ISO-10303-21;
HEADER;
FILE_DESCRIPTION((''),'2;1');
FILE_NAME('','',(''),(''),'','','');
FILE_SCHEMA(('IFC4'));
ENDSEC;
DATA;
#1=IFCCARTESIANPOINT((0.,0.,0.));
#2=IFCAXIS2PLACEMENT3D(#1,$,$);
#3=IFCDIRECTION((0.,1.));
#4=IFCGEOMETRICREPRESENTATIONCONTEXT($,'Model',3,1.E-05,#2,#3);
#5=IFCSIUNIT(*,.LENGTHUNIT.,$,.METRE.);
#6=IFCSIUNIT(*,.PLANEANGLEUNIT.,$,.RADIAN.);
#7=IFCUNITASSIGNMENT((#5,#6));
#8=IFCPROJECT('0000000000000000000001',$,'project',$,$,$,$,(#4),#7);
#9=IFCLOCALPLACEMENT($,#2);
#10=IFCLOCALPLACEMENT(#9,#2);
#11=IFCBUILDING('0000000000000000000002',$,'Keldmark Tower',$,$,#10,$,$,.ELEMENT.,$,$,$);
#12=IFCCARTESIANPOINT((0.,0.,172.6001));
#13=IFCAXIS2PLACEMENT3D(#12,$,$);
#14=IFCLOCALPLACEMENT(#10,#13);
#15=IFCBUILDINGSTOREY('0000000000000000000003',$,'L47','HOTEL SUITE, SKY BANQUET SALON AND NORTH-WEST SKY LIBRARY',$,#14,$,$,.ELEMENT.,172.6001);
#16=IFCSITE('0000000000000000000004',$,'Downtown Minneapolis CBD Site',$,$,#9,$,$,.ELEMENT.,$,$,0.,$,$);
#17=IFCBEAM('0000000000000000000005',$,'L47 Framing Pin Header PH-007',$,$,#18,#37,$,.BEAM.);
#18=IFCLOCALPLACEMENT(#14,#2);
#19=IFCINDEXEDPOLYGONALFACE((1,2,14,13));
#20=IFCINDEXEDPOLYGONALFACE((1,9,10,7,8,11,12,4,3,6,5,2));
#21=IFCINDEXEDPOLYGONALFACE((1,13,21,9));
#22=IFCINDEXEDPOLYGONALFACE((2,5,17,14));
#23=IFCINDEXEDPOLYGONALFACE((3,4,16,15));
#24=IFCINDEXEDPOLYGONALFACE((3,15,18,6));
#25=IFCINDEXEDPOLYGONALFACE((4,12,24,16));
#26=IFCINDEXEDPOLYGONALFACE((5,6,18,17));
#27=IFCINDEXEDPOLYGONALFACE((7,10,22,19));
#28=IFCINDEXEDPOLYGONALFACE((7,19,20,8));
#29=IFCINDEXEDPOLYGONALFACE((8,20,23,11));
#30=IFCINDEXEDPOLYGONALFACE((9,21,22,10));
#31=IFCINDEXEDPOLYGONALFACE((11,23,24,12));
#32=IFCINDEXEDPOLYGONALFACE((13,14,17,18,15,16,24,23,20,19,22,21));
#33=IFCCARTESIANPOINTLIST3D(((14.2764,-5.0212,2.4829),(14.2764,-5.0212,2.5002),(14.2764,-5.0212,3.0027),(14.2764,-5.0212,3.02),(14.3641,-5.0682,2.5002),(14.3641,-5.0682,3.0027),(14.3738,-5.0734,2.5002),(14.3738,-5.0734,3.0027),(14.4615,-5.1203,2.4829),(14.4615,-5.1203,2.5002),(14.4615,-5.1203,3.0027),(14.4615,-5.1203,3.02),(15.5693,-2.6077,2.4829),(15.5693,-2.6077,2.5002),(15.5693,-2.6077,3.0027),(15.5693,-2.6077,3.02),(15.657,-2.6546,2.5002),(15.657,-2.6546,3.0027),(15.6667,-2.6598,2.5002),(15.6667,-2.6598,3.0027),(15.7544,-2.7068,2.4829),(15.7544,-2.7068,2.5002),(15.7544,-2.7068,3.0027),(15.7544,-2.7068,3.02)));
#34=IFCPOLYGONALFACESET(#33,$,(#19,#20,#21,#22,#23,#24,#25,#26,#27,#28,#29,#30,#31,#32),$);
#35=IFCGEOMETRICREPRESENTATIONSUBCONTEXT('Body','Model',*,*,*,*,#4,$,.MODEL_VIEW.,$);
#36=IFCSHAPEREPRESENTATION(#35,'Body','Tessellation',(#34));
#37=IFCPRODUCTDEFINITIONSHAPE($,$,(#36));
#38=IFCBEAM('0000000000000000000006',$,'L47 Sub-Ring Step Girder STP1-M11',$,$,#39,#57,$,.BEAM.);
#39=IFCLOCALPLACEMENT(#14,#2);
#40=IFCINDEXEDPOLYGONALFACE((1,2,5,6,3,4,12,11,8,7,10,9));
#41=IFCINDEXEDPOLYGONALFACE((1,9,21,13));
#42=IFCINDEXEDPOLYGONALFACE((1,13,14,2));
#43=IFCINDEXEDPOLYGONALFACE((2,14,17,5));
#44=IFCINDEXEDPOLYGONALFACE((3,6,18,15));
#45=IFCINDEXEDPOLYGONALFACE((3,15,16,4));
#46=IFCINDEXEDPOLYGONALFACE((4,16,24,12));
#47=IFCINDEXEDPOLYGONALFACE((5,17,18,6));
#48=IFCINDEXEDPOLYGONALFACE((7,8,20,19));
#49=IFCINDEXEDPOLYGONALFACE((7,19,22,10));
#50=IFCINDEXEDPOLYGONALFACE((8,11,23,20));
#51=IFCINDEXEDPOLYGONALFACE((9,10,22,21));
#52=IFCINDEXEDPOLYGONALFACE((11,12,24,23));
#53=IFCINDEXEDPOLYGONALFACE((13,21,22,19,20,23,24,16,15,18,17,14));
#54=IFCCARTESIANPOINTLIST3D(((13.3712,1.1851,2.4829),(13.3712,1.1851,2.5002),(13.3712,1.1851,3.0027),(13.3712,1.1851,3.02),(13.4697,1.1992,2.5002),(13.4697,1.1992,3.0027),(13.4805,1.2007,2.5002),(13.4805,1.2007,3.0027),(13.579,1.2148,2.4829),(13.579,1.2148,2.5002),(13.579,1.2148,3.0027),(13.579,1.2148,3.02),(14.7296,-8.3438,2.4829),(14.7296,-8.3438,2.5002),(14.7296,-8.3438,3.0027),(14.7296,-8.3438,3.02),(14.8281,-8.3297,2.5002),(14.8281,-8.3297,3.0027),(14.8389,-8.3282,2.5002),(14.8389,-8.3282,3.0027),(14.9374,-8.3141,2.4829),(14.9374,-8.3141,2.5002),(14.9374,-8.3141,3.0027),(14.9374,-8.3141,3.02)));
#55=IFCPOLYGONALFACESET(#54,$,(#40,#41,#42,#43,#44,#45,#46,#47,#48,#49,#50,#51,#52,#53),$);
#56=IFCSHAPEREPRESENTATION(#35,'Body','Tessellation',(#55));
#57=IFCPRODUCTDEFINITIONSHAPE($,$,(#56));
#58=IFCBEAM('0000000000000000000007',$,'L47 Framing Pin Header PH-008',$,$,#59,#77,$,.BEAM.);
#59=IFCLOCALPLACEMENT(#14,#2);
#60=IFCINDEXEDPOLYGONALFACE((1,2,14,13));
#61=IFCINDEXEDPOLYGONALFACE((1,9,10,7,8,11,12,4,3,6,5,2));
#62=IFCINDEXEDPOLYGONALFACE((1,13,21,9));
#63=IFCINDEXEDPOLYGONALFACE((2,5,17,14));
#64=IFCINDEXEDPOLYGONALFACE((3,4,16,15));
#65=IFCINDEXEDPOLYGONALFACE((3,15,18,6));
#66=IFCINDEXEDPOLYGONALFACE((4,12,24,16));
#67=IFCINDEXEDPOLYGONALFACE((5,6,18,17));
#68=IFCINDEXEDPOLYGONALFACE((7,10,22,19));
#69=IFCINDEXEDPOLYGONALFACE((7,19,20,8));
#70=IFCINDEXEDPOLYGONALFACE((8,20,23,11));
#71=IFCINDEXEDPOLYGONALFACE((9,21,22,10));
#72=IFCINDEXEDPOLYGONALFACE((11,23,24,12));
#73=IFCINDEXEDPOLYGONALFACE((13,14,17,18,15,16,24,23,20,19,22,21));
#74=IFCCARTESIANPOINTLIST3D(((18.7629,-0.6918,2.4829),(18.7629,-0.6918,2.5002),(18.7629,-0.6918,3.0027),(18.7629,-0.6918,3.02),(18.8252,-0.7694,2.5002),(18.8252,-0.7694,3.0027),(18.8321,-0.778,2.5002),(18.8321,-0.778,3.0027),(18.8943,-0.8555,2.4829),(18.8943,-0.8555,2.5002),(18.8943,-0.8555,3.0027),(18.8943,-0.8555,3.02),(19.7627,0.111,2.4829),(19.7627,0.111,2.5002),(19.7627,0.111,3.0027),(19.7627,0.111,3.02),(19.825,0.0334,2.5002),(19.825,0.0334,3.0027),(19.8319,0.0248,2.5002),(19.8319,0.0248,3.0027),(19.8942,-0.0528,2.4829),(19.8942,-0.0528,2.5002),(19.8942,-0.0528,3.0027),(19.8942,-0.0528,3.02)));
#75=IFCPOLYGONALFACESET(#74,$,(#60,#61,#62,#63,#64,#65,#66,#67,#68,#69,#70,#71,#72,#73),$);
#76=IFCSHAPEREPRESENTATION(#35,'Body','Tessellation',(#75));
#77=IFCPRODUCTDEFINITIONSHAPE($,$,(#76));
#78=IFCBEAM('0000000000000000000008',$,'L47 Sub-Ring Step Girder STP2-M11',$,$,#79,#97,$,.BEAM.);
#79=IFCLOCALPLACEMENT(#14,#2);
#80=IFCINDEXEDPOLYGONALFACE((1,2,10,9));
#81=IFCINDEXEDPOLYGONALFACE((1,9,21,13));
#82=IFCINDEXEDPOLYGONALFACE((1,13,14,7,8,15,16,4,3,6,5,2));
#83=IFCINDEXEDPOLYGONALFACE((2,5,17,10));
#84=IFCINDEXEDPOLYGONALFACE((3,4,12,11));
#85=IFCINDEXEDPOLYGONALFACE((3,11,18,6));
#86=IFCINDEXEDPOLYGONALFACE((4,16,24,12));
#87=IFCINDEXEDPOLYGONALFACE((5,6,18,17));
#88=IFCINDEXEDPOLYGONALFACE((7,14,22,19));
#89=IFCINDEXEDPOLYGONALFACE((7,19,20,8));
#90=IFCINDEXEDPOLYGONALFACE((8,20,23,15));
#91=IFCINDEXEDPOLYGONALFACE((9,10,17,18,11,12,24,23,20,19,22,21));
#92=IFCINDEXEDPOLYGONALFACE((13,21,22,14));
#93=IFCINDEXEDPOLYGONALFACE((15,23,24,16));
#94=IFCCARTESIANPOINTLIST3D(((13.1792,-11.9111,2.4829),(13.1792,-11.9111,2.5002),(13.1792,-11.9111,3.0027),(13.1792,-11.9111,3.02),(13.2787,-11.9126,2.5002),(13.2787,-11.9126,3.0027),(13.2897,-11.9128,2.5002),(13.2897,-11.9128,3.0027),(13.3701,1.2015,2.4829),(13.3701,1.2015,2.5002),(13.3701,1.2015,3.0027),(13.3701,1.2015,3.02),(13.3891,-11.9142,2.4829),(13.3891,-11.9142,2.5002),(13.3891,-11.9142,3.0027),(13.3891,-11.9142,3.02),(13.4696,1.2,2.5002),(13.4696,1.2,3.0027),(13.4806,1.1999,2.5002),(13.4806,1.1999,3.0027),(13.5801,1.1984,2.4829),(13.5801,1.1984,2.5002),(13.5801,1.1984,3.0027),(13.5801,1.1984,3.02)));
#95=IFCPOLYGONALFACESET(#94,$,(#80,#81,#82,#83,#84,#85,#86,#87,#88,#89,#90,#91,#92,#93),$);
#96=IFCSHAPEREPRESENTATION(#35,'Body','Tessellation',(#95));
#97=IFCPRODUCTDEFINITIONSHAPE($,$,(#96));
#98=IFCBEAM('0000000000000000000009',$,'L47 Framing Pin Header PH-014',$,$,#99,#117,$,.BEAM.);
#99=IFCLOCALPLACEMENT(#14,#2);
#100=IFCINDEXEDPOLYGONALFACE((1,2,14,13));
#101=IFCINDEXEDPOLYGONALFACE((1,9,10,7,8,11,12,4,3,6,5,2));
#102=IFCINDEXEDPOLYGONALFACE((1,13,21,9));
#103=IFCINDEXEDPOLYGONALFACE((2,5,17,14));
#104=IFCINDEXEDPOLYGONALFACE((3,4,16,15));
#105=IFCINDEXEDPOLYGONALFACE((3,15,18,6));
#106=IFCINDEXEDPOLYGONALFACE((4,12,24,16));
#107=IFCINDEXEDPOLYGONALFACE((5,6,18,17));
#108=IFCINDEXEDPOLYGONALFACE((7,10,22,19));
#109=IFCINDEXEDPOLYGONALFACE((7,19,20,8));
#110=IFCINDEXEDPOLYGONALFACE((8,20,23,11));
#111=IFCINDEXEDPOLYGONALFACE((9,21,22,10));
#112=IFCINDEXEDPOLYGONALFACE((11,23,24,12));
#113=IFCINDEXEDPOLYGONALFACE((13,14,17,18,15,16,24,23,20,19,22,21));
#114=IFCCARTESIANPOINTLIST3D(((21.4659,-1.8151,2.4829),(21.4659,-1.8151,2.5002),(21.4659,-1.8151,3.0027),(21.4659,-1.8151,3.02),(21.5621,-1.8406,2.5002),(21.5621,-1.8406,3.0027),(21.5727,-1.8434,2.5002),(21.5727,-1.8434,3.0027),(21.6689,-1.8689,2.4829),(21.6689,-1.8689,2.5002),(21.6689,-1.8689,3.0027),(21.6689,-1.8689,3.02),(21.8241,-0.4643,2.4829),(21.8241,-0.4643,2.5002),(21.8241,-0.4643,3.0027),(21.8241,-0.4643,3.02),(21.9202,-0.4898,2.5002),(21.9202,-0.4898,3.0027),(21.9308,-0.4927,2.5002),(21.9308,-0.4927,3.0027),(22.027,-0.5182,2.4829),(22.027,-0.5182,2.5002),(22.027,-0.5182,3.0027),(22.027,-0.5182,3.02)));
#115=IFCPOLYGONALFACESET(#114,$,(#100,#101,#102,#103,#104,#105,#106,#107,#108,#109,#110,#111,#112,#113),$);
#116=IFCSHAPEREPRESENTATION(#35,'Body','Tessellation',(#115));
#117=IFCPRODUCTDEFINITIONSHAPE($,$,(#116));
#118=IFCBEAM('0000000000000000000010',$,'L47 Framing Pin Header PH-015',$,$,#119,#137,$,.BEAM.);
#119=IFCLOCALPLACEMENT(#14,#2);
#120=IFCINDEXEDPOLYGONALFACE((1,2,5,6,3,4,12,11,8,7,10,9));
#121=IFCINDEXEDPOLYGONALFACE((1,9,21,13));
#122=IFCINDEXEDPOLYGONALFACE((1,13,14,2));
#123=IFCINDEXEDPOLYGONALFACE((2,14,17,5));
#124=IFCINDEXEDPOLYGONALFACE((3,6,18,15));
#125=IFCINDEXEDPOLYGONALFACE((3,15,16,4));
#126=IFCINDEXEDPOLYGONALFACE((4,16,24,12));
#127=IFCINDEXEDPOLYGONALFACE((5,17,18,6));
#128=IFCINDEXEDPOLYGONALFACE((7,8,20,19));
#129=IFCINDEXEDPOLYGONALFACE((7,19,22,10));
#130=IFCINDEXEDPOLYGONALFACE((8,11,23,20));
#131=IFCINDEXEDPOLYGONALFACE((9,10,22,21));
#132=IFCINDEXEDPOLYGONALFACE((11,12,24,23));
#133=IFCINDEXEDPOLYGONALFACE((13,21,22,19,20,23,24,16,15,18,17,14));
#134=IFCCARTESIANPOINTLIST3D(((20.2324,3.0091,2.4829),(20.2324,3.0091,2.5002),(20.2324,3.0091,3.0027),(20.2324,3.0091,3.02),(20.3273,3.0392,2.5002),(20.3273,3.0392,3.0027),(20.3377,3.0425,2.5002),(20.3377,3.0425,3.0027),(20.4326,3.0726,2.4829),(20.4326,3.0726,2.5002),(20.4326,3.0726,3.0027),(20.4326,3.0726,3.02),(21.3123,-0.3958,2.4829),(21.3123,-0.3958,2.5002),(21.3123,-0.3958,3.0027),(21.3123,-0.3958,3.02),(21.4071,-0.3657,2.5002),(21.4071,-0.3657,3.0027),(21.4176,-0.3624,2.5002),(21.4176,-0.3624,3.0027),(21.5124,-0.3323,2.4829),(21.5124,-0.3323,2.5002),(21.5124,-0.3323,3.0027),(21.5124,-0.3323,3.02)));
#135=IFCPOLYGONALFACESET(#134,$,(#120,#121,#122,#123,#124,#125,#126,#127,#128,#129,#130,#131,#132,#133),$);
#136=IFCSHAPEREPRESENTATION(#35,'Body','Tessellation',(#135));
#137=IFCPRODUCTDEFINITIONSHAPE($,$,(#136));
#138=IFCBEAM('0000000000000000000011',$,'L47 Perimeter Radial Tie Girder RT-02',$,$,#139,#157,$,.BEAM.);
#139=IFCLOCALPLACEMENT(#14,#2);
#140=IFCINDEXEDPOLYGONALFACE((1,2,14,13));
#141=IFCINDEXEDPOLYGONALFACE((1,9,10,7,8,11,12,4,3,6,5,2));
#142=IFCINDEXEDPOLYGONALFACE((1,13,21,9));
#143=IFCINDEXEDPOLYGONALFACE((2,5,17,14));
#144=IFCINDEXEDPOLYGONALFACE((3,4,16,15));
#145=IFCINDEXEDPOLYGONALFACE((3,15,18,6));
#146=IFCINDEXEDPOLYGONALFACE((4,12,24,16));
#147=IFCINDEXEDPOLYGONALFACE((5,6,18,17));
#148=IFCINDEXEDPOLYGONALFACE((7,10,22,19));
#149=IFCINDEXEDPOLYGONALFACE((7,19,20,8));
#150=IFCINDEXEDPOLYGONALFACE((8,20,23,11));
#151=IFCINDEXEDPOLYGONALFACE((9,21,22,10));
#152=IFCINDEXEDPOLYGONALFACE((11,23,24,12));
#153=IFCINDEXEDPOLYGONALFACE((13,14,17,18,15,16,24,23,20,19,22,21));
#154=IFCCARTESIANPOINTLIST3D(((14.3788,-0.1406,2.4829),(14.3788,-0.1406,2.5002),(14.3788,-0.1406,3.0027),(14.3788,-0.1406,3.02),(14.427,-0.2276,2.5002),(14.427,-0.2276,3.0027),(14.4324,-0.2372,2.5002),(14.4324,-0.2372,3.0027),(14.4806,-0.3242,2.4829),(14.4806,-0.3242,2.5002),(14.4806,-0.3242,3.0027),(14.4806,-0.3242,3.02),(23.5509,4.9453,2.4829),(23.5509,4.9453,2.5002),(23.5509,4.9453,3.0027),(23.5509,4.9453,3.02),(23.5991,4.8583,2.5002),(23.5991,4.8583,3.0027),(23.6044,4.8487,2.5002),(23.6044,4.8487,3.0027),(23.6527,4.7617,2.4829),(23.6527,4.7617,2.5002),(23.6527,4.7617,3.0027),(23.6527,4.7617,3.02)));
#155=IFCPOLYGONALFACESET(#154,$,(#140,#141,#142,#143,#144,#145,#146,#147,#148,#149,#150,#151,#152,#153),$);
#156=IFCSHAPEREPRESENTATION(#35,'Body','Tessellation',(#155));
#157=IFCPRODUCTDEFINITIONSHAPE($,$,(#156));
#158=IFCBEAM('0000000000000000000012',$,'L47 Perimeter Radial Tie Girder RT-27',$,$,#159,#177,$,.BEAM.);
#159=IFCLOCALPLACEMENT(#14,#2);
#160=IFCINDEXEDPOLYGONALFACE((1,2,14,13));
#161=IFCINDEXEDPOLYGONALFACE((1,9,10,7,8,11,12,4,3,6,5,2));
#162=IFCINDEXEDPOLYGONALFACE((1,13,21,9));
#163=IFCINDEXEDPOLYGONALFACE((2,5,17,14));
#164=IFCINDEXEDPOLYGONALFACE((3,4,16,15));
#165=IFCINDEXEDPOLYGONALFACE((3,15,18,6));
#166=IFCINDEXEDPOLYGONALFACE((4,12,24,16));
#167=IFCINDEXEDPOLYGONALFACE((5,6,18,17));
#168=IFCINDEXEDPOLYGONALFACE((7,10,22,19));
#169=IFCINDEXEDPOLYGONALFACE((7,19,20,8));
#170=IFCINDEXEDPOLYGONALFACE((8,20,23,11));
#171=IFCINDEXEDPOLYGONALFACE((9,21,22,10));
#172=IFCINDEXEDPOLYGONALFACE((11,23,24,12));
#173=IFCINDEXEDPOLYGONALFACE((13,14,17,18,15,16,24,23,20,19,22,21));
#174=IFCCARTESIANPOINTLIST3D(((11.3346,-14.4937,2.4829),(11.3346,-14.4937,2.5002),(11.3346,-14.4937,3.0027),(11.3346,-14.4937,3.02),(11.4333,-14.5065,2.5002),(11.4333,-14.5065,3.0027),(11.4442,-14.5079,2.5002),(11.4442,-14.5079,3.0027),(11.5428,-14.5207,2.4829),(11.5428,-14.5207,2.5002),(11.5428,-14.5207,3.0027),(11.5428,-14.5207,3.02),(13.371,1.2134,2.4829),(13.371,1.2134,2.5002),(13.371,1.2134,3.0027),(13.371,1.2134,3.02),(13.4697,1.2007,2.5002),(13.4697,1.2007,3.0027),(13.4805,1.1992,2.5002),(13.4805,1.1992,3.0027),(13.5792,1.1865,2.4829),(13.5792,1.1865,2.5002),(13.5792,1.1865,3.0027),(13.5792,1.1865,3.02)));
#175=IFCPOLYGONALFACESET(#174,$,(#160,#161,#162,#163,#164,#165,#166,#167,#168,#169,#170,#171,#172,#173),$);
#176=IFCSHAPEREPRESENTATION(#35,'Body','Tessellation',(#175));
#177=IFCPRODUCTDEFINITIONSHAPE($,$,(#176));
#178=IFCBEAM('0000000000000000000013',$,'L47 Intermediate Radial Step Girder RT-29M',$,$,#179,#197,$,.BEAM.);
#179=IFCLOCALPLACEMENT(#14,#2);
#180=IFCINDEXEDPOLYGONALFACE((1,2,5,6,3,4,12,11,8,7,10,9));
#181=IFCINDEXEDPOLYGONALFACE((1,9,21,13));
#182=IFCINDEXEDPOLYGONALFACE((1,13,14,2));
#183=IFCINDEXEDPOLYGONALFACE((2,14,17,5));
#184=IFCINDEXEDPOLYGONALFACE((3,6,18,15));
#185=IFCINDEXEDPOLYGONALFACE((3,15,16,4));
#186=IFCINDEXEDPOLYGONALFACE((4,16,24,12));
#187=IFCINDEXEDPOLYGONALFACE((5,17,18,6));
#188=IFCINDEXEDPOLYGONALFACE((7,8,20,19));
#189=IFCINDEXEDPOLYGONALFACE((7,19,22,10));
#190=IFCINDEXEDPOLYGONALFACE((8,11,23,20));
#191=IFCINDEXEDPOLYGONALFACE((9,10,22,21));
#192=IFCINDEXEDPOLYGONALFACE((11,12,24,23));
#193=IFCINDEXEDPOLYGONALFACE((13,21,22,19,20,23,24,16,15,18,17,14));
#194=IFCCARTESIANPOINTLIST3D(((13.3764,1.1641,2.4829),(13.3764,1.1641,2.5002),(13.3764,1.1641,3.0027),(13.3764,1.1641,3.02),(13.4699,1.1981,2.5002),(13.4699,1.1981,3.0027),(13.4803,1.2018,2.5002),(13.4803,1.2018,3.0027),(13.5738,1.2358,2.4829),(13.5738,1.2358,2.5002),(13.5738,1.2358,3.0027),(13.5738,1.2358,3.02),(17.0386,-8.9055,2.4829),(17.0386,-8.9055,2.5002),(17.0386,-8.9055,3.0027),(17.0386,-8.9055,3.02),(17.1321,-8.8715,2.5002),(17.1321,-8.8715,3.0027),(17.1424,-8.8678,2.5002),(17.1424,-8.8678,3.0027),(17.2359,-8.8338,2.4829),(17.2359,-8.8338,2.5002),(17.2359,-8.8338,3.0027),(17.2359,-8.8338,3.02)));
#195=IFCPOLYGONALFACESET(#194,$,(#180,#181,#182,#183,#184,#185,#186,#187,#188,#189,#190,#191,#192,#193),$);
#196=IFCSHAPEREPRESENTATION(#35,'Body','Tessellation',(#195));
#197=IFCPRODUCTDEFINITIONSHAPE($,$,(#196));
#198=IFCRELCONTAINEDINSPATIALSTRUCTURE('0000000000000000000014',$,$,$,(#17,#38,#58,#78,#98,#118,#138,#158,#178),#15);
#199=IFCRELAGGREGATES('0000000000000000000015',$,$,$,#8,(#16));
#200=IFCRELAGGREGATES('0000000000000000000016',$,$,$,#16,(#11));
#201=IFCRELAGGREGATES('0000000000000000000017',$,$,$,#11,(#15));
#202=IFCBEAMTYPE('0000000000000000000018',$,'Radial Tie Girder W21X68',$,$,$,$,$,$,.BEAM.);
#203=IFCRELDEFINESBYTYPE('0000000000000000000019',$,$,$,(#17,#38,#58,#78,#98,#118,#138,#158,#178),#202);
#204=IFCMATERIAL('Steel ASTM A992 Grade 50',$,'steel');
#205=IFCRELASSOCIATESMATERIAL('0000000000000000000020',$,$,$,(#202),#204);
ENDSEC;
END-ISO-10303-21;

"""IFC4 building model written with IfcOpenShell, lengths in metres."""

from ifc_helpers import new_model, si_unit, direction, frame, origin, origin_2d, place, context, subcontext, project, spatial, i_section, extrude, material, material_profile, profile_set, type_object, element, save


model = new_model("IFC4")

# Units and contexts
model_context = context("Model", 3, precision=1e-05, world=origin(), true_north=direction((0.0, 1.0)))
body_context = subcontext(model_context, "Body", "Model", "MODEL_VIEW")
ifc_project = project(units=[si_unit("LENGTHUNIT", "METRE"), si_unit("PLANEANGLEUNIT", "RADIAN")], contexts=[model_context])

# Site, building, storey
site_placement = place(None, origin())
site = spatial("IfcSite", under=ifc_project, at=site_placement, Name="Downtown Minneapolis CBD Site", CompositionType="ELEMENT", RefElevation=0.0)
building_placement = place(site_placement, origin())
building = spatial("IfcBuilding", under=site, at=building_placement, Name="Keldmark Tower", CompositionType="ELEMENT")
storey_placement = place(building_placement, frame((0.0, 0.0, 172.6001)))
storey = spatial("IfcBuildingStorey", under=building, at=storey_placement, Name="L47", Description="HOTEL SUITE, SKY BANQUET SALON AND NORTH-WEST SKY LIBRARY", CompositionType="ELEMENT", Elevation=172.6001)

# Beams
ifc_material_1 = material(Name="Steel ASTM A992 Grade 50", Category="steel")
ifc_material_profile_1 = material_profile(ifc_material_1, i_section(OverallWidth=0.21, OverallDepth=0.5371, WebThickness=0.011, FlangeThickness=0.0173, at=origin_2d()), Name="W21X68")
ifc_profile_set_1 = profile_set([ifc_material_profile_1], Name="Steel ASTM A992 Grade 50")
beam_type_1 = type_object("IfcBeamType", Name="Radial Tie Girder W21X68", PredefinedType="BEAM", material=ifc_profile_set_1)
beam_1_placement = place(storey_placement, frame((15.6619, -2.6572, 2.7515), z_axis=(-0.472216, -0.881483, 0.0), x_axis=(0.881483, -0.472216, 0.0)))
element("IfcBeam", 1, at=beam_1_placement, inside=storey, type_object=beam_type_1, Name="L47 Framing Pin Header PH-007", PredefinedType="BEAM", context=body_context, shape_type="SweptSolid", body=[
    extrude(i_section(OverallWidth=0.21, OverallDepth=0.5371, WebThickness=0.011, FlangeThickness=0.0173, at=origin_2d()), origin(), (0.0, 0.0, 1.0), 2.738),
])
beam_2_placement = place(storey_placement, frame((13.4751, 1.2, 2.7515), z_axis=(0.14113, -0.989991, 0.0), x_axis=(0.989991, 0.14113, 0.0)))
element("IfcBeam", 2, at=beam_2_placement, inside=storey, type_object=beam_type_1, Name="L47 Sub-Ring Step Girder STP1-M11", PredefinedType="BEAM", context=body_context, shape_type="SweptSolid", body=[
    extrude(i_section(OverallWidth=0.21, OverallDepth=0.5371, WebThickness=0.011, FlangeThickness=0.0173, at=origin_2d()), origin(), (0.0, 0.0, 1.0), 9.6252),
])
beam_3_placement = place(storey_placement, frame((18.8286, -0.7737, 2.7515), z_axis=(0.779753, 0.626087, 0.0), x_axis=(-0.626087, 0.779753, 0.0)))
element("IfcBeam", 3, at=beam_3_placement, inside=storey, type_object=beam_type_1, Name="L47 Framing Pin Header PH-008", PredefinedType="BEAM", context=body_context, shape_type="SweptSolid", body=[
    extrude(i_section(OverallWidth=0.21, OverallDepth=0.5371, WebThickness=0.011, FlangeThickness=0.0173, at=origin_2d()), origin(), (0.0, 0.0, 1.0), 1.2822),
])
beam_4_placement = place(storey_placement, frame((13.4751, 1.2, 2.7515), z_axis=(-0.014558, -0.999894, 0.0), x_axis=(0.999894, -0.014558, 0.0)))
element("IfcBeam", 4, at=beam_4_placement, inside=storey, type_object=beam_type_1, Name="L47 Sub-Ring Step Girder STP2-M11", PredefinedType="BEAM", context=body_context, shape_type="SweptSolid", body=[
    extrude(i_section(OverallWidth=0.21, OverallDepth=0.5371, WebThickness=0.011, FlangeThickness=0.0173, at=origin_2d()), origin(), (0.0, 0.0, 1.0), 13.114),
])
beam_5_placement = place(storey_placement, frame((21.5674, -1.842, 2.7515), z_axis=(0.256281, 0.966602, 0.0), x_axis=(-0.966602, 0.256281, 0.0)))
element("IfcBeam", 5, at=beam_5_placement, inside=storey, type_object=beam_type_1, Name="L47 Framing Pin Header PH-014", PredefinedType="BEAM", context=body_context, shape_type="SweptSolid", body=[
    extrude(i_section(OverallWidth=0.21, OverallDepth=0.5371, WebThickness=0.011, FlangeThickness=0.0173, at=origin_2d()), origin(), (0.0, 0.0, 1.0), 1.3975),
])
beam_6_placement = place(storey_placement, frame((21.4124, -0.364, 2.7515), z_axis=(-0.302312, 0.953209, 0.0), x_axis=(-0.953209, -0.302312, 0.0)))
element("IfcBeam", 6, at=beam_6_placement, inside=storey, type_object=beam_type_1, Name="L47 Framing Pin Header PH-015", PredefinedType="BEAM", context=body_context, shape_type="SweptSolid", body=[
    extrude(i_section(OverallWidth=0.21, OverallDepth=0.5371, WebThickness=0.011, FlangeThickness=0.0173, at=origin_2d()), origin(), (0.0, 0.0, 1.0), 3.572),
])
beam_7_placement = place(storey_placement, frame((14.4297, -0.2324, 2.7515), z_axis=(0.874549, 0.484937, 0.0), x_axis=(-0.484937, 0.874549, 0.0)))
element("IfcBeam", 7, at=beam_7_placement, inside=storey, type_object=beam_type_1, Name="L47 Perimeter Radial Tie Girder RT-02", PredefinedType="BEAM", context=body_context, shape_type="SweptSolid", body=[
    extrude(i_section(OverallWidth=0.21, OverallDepth=0.5371, WebThickness=0.011, FlangeThickness=0.0173, at=origin_2d()), origin(), (0.0, 0.0, 1.0), 10.4878),
])
beam_8_placement = place(storey_placement, frame((13.4751, 1.2, 2.7515), z_axis=(-0.128569, -0.991701, 0.0), x_axis=(0.991701, -0.128569, 0.0)))
element("IfcBeam", 8, at=beam_8_placement, inside=storey, type_object=beam_type_1, Name="L47 Perimeter Radial Tie Girder RT-27", PredefinedType="BEAM", context=body_context, shape_type="SweptSolid", body=[
    extrude(i_section(OverallWidth=0.21, OverallDepth=0.5371, WebThickness=0.011, FlangeThickness=0.0173, at=origin_2d()), origin(), (0.0, 0.0, 1.0), 15.8386),
])
beam_9_placement = place(storey_placement, frame((13.4751, 1.2, 2.7515), z_axis=(0.34178, -0.93978, 0.0), x_axis=(0.93978, 0.34178, 0.0)))
element("IfcBeam", 9, at=beam_9_placement, inside=storey, type_object=beam_type_1, Name="L47 Intermediate Radial Step Girder RT-29M", PredefinedType="BEAM", context=body_context, shape_type="SweptSolid", body=[
    extrude(i_section(OverallWidth=0.21, OverallDepth=0.5371, WebThickness=0.011, FlangeThickness=0.0173, at=origin_2d()), origin(), (0.0, 0.0, 1.0), 10.7148),
])

save(model, "model.ifc")
